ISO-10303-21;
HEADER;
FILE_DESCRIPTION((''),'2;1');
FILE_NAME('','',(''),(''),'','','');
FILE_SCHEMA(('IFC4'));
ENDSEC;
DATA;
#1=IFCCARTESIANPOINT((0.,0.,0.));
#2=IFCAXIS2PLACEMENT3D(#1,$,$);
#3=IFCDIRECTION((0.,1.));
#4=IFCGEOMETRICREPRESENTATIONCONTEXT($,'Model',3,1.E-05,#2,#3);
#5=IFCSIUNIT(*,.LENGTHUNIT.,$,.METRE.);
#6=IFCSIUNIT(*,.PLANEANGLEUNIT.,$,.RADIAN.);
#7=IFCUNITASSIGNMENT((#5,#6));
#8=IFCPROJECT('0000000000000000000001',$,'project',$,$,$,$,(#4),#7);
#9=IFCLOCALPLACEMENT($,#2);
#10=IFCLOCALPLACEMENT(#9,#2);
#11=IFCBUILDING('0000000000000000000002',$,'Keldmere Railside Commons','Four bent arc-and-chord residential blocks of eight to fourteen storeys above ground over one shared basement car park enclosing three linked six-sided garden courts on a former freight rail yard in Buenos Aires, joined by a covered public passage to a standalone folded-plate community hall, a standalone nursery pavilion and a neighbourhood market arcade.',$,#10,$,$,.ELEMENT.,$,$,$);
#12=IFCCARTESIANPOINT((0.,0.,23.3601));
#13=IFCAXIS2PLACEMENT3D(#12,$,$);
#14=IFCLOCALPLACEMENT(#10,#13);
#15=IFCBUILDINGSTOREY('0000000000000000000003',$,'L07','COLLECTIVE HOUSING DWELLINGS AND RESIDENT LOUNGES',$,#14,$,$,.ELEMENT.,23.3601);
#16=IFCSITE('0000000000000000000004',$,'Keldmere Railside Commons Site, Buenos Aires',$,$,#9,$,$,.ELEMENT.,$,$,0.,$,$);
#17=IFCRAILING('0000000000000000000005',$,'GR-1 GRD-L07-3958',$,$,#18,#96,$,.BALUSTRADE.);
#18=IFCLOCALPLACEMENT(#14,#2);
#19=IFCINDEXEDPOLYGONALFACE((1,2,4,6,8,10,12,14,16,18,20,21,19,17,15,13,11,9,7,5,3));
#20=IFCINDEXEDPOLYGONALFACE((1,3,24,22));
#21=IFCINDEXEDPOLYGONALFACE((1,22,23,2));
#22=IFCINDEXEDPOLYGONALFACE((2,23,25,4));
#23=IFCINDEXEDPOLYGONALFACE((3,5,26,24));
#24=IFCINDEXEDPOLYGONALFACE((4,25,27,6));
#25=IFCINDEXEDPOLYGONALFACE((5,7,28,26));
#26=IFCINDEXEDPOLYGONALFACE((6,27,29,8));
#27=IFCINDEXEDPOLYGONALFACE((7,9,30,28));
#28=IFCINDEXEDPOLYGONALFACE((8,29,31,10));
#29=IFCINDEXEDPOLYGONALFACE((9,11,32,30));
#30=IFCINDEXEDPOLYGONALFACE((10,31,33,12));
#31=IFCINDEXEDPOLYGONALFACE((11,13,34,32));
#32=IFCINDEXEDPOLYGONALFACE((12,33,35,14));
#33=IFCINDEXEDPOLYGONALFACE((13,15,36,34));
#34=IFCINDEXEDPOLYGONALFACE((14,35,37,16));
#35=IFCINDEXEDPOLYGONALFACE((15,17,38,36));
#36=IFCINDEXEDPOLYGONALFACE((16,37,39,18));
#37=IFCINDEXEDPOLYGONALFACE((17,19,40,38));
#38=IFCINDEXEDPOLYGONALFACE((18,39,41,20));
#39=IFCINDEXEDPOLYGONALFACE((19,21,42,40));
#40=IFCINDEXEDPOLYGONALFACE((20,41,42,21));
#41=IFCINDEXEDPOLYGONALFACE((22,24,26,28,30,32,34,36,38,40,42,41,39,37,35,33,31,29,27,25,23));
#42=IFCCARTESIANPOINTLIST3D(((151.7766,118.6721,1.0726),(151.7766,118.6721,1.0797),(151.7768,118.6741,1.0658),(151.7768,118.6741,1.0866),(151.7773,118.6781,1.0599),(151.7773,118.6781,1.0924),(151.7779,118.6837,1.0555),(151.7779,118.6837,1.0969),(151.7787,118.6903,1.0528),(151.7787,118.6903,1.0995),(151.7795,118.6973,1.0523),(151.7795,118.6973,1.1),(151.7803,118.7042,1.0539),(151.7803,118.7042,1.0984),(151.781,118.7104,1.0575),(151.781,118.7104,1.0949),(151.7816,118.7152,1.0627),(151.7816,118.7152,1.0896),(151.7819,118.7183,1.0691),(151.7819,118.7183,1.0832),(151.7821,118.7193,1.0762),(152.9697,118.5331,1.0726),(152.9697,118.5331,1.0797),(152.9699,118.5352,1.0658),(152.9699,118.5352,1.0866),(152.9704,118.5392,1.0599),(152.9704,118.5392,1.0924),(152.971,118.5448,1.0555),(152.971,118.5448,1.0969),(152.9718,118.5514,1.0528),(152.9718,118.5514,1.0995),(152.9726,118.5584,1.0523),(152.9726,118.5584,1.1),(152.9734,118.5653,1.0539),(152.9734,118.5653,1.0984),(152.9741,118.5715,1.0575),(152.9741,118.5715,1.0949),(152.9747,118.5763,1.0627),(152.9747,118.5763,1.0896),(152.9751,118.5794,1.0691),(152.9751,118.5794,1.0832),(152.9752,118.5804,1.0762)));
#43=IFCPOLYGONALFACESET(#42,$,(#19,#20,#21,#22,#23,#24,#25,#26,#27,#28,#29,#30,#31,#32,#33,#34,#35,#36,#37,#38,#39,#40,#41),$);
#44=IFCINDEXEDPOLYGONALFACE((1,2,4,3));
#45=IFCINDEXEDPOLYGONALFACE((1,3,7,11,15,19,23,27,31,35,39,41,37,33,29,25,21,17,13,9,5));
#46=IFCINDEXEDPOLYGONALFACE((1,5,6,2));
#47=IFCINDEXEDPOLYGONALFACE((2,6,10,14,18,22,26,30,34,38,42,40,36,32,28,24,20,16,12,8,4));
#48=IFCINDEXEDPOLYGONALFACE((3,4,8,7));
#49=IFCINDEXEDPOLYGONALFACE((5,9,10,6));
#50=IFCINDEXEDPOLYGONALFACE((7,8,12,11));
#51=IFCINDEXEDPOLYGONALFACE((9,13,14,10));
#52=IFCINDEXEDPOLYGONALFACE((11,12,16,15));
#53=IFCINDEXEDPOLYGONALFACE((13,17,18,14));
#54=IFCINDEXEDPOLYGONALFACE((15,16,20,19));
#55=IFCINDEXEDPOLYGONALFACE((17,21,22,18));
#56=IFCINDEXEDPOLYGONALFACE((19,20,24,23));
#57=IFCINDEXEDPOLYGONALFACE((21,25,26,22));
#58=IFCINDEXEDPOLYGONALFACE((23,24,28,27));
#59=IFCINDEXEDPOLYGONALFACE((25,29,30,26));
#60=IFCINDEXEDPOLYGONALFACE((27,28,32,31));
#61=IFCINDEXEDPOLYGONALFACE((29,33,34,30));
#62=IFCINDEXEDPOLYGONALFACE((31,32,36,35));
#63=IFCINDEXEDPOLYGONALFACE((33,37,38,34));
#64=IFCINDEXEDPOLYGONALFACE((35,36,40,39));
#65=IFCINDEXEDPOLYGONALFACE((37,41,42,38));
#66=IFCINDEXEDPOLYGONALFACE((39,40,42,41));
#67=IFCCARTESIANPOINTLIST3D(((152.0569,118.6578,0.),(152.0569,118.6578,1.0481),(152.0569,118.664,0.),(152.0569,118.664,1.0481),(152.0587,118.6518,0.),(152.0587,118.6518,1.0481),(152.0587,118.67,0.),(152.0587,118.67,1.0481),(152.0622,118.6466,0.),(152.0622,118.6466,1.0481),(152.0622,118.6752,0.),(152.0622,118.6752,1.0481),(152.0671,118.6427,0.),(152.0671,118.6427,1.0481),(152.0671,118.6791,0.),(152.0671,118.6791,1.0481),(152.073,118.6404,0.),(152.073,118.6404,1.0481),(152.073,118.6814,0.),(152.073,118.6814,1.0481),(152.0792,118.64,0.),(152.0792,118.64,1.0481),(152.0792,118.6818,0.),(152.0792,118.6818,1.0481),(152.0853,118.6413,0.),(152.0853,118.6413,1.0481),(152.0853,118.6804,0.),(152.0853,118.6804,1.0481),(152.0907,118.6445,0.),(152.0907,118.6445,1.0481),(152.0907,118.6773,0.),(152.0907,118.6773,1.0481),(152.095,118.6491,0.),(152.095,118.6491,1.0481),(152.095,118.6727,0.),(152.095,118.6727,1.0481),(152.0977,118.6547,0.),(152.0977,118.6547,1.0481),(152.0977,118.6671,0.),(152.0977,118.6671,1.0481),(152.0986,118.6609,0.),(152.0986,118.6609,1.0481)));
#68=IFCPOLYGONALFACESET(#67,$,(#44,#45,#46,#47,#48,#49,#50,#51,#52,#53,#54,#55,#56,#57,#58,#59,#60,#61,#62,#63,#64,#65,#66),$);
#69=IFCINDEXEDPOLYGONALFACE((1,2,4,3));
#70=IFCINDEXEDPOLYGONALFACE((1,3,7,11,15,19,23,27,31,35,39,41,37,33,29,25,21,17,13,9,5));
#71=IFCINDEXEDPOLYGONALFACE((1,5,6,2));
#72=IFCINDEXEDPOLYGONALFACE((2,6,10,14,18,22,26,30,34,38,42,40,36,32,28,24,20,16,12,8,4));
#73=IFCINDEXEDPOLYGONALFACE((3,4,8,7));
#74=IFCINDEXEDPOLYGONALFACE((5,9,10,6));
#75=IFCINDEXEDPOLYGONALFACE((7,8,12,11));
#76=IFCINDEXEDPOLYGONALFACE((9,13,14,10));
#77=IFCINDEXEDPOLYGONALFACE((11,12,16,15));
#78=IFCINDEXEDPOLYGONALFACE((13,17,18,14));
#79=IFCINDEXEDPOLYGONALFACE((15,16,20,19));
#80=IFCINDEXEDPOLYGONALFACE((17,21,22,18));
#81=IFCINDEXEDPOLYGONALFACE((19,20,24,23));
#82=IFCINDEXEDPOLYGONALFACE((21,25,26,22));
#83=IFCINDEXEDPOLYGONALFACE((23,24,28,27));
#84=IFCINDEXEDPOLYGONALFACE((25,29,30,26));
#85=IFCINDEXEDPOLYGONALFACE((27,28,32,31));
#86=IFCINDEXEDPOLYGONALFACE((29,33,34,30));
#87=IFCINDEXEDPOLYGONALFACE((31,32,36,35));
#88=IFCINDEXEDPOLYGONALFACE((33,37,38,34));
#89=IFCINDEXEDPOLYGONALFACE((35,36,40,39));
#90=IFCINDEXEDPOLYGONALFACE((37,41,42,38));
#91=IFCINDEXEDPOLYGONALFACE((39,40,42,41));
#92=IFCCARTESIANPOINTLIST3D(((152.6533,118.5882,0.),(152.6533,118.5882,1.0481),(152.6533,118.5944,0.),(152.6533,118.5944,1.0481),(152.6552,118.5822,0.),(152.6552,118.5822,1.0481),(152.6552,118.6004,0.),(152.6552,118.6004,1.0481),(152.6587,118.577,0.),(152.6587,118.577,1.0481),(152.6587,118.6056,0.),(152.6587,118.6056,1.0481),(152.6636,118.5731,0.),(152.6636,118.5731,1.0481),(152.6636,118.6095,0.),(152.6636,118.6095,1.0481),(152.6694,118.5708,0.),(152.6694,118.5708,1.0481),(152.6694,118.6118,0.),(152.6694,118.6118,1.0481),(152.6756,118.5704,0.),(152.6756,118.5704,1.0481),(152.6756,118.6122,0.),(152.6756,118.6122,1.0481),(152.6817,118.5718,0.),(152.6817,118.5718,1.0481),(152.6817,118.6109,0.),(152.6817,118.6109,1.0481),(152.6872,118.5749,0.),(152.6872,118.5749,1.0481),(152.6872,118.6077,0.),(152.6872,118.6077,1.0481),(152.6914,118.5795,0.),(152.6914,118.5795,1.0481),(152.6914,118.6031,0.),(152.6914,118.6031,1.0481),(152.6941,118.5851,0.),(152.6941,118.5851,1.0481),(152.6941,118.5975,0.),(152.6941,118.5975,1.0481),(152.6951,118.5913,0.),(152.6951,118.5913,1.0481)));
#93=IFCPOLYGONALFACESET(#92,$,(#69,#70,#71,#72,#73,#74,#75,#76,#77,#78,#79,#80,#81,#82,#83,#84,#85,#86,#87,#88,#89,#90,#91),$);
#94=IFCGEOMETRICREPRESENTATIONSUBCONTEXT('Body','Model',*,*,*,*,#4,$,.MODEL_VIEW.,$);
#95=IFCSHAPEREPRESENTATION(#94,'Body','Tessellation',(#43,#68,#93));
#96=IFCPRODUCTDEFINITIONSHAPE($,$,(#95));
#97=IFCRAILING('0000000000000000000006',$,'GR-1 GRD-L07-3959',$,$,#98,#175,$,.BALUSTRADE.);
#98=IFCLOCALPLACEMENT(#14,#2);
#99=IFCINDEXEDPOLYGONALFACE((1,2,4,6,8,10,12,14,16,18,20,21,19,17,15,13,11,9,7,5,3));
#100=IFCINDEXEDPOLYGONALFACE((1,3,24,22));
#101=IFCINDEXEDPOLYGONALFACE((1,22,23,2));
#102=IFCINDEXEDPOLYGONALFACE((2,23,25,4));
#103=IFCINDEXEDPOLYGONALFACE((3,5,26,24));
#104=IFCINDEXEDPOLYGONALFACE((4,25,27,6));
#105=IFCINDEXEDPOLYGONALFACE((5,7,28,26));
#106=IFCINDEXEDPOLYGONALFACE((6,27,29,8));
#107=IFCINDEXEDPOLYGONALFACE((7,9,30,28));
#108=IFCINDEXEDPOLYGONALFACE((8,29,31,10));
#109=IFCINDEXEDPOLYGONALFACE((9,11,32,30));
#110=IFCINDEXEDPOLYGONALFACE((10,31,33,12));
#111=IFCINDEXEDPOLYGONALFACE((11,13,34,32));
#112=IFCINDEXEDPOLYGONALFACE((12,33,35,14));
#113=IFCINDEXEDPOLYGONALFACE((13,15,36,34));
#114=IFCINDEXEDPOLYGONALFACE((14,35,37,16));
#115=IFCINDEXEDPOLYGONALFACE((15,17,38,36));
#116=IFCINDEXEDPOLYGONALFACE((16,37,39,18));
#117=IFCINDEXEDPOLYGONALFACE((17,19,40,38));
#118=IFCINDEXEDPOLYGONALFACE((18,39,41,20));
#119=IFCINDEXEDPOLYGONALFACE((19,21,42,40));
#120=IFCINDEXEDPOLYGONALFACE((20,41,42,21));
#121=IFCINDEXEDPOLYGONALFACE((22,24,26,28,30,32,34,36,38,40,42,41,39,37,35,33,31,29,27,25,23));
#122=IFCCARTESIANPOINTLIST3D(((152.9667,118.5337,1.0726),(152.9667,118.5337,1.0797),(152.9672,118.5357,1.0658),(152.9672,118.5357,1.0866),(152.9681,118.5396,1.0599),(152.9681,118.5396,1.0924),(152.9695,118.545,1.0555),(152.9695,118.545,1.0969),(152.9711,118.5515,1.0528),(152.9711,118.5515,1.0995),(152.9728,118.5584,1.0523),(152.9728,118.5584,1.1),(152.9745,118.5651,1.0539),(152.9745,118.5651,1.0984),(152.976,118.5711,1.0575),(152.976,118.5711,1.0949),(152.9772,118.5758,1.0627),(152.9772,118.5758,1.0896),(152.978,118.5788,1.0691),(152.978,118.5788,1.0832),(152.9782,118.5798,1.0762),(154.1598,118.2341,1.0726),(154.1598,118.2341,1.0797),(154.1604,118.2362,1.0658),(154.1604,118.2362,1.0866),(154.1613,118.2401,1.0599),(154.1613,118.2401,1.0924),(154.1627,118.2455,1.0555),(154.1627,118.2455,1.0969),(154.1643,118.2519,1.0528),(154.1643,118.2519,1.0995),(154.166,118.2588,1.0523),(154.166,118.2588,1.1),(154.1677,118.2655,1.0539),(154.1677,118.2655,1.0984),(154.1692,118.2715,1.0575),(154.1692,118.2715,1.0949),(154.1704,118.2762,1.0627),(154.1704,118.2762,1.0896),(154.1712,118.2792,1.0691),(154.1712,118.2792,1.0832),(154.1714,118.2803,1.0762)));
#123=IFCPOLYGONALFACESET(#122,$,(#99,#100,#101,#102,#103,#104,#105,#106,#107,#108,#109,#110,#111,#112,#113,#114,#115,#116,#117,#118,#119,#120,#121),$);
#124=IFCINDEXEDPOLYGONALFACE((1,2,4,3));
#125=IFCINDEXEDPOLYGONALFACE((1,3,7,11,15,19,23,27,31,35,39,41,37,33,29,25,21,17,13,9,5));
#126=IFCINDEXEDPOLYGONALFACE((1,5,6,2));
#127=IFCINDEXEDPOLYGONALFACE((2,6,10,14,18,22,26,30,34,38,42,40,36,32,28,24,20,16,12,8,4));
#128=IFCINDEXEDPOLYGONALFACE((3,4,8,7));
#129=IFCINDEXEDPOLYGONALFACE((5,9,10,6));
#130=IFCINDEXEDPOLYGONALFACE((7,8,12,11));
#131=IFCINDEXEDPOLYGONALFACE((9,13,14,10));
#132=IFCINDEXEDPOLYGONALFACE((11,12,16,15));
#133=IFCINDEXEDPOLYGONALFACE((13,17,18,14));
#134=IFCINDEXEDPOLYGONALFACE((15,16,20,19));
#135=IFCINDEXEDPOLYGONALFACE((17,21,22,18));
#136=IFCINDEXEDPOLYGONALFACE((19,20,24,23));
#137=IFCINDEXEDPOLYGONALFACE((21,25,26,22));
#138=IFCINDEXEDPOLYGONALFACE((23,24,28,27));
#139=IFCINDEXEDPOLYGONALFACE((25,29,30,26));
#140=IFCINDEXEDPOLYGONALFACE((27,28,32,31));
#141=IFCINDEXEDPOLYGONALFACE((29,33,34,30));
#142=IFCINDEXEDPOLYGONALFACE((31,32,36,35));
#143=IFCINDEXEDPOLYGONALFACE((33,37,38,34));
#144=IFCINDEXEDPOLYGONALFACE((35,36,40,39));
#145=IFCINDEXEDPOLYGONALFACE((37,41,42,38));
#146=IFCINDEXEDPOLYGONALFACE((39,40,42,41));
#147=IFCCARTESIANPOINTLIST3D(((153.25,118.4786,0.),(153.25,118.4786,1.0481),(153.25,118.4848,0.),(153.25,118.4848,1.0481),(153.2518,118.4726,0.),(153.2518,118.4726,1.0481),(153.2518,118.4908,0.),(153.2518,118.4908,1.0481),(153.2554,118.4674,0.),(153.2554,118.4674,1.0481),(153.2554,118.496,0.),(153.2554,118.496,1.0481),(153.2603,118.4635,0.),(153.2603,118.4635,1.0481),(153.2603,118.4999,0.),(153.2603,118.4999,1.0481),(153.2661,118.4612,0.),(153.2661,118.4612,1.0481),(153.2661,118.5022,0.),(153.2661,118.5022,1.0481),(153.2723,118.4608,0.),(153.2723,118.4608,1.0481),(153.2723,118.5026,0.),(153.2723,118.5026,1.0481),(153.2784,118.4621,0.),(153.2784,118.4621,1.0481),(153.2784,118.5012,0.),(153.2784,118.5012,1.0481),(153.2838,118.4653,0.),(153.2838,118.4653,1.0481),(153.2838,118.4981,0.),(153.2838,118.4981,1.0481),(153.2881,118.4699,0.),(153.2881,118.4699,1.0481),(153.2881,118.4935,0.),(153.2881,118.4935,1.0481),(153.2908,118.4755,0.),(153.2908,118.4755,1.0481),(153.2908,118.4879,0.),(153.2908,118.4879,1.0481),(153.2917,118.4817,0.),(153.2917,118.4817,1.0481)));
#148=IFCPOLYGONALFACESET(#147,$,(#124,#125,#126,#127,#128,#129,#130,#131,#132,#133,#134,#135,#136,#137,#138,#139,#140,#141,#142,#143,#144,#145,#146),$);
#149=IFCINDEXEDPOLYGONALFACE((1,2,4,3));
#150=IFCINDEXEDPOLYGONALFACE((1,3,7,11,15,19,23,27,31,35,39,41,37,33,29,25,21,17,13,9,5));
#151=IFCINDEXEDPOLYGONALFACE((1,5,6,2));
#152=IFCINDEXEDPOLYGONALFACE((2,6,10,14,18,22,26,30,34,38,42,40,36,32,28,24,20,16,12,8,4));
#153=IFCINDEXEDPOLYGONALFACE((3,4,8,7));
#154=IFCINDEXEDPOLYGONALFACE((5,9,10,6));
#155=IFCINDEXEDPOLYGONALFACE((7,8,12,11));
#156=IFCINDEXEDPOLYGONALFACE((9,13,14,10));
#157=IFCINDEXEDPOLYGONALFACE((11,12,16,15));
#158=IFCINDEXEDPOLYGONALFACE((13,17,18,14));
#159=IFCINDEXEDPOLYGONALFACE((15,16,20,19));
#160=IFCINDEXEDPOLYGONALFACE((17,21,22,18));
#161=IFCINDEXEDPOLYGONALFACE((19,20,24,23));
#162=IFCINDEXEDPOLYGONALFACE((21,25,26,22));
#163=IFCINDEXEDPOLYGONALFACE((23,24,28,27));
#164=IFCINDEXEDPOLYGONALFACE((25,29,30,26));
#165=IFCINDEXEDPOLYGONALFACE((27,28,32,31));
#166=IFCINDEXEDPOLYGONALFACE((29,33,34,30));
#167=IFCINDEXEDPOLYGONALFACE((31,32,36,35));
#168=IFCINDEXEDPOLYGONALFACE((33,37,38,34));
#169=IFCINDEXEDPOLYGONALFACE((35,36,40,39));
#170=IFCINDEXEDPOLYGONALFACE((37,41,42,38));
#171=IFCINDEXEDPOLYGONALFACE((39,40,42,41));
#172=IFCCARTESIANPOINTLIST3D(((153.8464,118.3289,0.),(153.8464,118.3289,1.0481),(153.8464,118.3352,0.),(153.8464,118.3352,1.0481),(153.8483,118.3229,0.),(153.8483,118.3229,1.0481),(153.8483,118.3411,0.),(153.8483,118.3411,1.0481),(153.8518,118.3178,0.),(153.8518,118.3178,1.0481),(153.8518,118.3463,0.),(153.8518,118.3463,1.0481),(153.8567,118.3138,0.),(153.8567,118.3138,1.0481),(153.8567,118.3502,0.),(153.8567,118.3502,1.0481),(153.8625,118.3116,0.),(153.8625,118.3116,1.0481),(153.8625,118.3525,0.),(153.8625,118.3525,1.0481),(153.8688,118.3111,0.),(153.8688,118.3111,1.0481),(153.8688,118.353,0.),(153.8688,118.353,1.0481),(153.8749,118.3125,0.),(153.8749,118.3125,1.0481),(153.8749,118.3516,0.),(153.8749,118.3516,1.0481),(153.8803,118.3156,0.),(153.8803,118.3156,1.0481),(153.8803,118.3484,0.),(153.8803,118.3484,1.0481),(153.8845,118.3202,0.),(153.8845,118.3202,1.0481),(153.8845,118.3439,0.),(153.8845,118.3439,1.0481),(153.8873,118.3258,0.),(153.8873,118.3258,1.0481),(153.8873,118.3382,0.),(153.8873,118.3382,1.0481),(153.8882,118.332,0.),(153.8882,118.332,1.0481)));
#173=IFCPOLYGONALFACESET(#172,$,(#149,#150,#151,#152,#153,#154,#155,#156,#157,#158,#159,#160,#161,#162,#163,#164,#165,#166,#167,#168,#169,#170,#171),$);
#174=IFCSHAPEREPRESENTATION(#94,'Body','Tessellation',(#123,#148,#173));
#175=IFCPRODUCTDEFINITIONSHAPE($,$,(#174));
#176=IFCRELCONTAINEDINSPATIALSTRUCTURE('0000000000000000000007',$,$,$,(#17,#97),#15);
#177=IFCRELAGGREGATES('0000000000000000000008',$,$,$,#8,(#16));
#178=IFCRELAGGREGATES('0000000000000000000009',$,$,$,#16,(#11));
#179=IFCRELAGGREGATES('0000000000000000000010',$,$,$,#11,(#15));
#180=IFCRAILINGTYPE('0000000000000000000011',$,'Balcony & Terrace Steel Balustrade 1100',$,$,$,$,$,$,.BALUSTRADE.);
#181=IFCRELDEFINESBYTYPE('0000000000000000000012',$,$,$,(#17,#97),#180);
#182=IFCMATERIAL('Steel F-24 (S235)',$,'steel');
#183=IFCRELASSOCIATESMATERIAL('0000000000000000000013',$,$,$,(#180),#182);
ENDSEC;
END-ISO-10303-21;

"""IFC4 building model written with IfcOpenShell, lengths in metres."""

from ifc_helpers import new_model, si_unit, direction, frame, origin, origin_2d, place, context, subcontext, project, spatial, circle, extrude, material, type_object, element, save


model = new_model("IFC4")

# Units and contexts
model_context = context("Model", 3, precision=1e-05, world=origin(), true_north=direction((0.0, 1.0)))
body_context = subcontext(model_context, "Body", "Model", "MODEL_VIEW")
ifc_project = project(units=[si_unit("LENGTHUNIT", "METRE"), si_unit("PLANEANGLEUNIT", "RADIAN")], contexts=[model_context])

# Site, building, storey
site_placement = place(None, origin())
site = spatial("IfcSite", under=ifc_project, at=site_placement, Name="Keldmere Railside Commons Site, Buenos Aires", CompositionType="ELEMENT", RefElevation=0.0)
building_placement = place(site_placement, origin())
building = spatial("IfcBuilding", under=site, at=building_placement, Name="Keldmere Railside Commons", Description="Four bent arc-and-chord residential blocks of eight to fourteen storeys above ground over one shared basement car park enclosing three linked six-sided garden courts on a former freight rail yard in Buenos Aires, joined by a covered public passage to a standalone folded-plate community hall, a standalone nursery pavilion and a neighbourhood market arcade.", CompositionType="ELEMENT")
storey_placement = place(building_placement, frame((0.0, 0.0, 23.3601)))
storey = spatial("IfcBuildingStorey", under=building, at=storey_placement, Name="L07", Description="COLLECTIVE HOUSING DWELLINGS AND RESIDENT LOUNGES", CompositionType="ELEMENT", Elevation=23.3601)

# Shared definitions
ifc_material_1 = material(Name="Steel F-24 (S235)", Category="steel")

# Railings
railing_type = type_object("IfcRailingType", Name="Balcony & Terrace Steel Balustrade 1100", PredefinedType="BALUSTRADE", material=ifc_material_1)
railing_1_placement = place(storey_placement, frame((151.7793, 118.6956, 0.0)))
element("IfcRailing", 1, at=railing_1_placement, inside=storey, type_object=railing_type, Name="GR-1 GRD-L07-3958", PredefinedType="BALUSTRADE", context=body_context, shape_type="SweptSolid", body=[
    extrude(circle(Radius=0.0239, at=origin_2d()), frame((0.0, 0.0, 1.0762), z_axis=(0.99329, -0.11565, 0.0), x_axis=(0.11565, 0.99329, 0.0)), (0.0, 0.0, 1.0), 1.2012),
    extrude(circle(Radius=0.021, at=origin_2d()), frame((0.2983, -0.0347, 0.0)), (0.0, 0.0, 1.0), 1.0481),
    extrude(circle(Radius=0.021, at=origin_2d()), frame((0.8948, -0.1042, 0.0)), (0.0, 0.0, 1.0), 1.0481),
])
railing_2_placement = place(storey_placement, frame((152.9724, 118.5566, 0.0)))
element("IfcRailing", 2, at=railing_2_placement, inside=storey, type_object=railing_type, Name="GR-1 GRD-L07-3959", PredefinedType="BALUSTRADE", context=body_context, shape_type="SweptSolid", body=[
    extrude(circle(Radius=0.0239, at=origin_2d()), frame((0.0, 0.0, 1.0762), z_axis=(0.969897, -0.243516, 0.0), x_axis=(0.243516, 0.969897, 0.0)), (0.0, 0.0, 1.0), 1.2302),
    extrude(circle(Radius=0.021, at=origin_2d()), frame((0.2983, -0.075, 0.0)), (0.0, 0.0, 1.0), 1.0481),
    extrude(circle(Radius=0.021, at=origin_2d()), frame((0.8948, -0.2246, 0.0)), (0.0, 0.0, 1.0), 1.0481),
])

save(model, "model.ifc")
